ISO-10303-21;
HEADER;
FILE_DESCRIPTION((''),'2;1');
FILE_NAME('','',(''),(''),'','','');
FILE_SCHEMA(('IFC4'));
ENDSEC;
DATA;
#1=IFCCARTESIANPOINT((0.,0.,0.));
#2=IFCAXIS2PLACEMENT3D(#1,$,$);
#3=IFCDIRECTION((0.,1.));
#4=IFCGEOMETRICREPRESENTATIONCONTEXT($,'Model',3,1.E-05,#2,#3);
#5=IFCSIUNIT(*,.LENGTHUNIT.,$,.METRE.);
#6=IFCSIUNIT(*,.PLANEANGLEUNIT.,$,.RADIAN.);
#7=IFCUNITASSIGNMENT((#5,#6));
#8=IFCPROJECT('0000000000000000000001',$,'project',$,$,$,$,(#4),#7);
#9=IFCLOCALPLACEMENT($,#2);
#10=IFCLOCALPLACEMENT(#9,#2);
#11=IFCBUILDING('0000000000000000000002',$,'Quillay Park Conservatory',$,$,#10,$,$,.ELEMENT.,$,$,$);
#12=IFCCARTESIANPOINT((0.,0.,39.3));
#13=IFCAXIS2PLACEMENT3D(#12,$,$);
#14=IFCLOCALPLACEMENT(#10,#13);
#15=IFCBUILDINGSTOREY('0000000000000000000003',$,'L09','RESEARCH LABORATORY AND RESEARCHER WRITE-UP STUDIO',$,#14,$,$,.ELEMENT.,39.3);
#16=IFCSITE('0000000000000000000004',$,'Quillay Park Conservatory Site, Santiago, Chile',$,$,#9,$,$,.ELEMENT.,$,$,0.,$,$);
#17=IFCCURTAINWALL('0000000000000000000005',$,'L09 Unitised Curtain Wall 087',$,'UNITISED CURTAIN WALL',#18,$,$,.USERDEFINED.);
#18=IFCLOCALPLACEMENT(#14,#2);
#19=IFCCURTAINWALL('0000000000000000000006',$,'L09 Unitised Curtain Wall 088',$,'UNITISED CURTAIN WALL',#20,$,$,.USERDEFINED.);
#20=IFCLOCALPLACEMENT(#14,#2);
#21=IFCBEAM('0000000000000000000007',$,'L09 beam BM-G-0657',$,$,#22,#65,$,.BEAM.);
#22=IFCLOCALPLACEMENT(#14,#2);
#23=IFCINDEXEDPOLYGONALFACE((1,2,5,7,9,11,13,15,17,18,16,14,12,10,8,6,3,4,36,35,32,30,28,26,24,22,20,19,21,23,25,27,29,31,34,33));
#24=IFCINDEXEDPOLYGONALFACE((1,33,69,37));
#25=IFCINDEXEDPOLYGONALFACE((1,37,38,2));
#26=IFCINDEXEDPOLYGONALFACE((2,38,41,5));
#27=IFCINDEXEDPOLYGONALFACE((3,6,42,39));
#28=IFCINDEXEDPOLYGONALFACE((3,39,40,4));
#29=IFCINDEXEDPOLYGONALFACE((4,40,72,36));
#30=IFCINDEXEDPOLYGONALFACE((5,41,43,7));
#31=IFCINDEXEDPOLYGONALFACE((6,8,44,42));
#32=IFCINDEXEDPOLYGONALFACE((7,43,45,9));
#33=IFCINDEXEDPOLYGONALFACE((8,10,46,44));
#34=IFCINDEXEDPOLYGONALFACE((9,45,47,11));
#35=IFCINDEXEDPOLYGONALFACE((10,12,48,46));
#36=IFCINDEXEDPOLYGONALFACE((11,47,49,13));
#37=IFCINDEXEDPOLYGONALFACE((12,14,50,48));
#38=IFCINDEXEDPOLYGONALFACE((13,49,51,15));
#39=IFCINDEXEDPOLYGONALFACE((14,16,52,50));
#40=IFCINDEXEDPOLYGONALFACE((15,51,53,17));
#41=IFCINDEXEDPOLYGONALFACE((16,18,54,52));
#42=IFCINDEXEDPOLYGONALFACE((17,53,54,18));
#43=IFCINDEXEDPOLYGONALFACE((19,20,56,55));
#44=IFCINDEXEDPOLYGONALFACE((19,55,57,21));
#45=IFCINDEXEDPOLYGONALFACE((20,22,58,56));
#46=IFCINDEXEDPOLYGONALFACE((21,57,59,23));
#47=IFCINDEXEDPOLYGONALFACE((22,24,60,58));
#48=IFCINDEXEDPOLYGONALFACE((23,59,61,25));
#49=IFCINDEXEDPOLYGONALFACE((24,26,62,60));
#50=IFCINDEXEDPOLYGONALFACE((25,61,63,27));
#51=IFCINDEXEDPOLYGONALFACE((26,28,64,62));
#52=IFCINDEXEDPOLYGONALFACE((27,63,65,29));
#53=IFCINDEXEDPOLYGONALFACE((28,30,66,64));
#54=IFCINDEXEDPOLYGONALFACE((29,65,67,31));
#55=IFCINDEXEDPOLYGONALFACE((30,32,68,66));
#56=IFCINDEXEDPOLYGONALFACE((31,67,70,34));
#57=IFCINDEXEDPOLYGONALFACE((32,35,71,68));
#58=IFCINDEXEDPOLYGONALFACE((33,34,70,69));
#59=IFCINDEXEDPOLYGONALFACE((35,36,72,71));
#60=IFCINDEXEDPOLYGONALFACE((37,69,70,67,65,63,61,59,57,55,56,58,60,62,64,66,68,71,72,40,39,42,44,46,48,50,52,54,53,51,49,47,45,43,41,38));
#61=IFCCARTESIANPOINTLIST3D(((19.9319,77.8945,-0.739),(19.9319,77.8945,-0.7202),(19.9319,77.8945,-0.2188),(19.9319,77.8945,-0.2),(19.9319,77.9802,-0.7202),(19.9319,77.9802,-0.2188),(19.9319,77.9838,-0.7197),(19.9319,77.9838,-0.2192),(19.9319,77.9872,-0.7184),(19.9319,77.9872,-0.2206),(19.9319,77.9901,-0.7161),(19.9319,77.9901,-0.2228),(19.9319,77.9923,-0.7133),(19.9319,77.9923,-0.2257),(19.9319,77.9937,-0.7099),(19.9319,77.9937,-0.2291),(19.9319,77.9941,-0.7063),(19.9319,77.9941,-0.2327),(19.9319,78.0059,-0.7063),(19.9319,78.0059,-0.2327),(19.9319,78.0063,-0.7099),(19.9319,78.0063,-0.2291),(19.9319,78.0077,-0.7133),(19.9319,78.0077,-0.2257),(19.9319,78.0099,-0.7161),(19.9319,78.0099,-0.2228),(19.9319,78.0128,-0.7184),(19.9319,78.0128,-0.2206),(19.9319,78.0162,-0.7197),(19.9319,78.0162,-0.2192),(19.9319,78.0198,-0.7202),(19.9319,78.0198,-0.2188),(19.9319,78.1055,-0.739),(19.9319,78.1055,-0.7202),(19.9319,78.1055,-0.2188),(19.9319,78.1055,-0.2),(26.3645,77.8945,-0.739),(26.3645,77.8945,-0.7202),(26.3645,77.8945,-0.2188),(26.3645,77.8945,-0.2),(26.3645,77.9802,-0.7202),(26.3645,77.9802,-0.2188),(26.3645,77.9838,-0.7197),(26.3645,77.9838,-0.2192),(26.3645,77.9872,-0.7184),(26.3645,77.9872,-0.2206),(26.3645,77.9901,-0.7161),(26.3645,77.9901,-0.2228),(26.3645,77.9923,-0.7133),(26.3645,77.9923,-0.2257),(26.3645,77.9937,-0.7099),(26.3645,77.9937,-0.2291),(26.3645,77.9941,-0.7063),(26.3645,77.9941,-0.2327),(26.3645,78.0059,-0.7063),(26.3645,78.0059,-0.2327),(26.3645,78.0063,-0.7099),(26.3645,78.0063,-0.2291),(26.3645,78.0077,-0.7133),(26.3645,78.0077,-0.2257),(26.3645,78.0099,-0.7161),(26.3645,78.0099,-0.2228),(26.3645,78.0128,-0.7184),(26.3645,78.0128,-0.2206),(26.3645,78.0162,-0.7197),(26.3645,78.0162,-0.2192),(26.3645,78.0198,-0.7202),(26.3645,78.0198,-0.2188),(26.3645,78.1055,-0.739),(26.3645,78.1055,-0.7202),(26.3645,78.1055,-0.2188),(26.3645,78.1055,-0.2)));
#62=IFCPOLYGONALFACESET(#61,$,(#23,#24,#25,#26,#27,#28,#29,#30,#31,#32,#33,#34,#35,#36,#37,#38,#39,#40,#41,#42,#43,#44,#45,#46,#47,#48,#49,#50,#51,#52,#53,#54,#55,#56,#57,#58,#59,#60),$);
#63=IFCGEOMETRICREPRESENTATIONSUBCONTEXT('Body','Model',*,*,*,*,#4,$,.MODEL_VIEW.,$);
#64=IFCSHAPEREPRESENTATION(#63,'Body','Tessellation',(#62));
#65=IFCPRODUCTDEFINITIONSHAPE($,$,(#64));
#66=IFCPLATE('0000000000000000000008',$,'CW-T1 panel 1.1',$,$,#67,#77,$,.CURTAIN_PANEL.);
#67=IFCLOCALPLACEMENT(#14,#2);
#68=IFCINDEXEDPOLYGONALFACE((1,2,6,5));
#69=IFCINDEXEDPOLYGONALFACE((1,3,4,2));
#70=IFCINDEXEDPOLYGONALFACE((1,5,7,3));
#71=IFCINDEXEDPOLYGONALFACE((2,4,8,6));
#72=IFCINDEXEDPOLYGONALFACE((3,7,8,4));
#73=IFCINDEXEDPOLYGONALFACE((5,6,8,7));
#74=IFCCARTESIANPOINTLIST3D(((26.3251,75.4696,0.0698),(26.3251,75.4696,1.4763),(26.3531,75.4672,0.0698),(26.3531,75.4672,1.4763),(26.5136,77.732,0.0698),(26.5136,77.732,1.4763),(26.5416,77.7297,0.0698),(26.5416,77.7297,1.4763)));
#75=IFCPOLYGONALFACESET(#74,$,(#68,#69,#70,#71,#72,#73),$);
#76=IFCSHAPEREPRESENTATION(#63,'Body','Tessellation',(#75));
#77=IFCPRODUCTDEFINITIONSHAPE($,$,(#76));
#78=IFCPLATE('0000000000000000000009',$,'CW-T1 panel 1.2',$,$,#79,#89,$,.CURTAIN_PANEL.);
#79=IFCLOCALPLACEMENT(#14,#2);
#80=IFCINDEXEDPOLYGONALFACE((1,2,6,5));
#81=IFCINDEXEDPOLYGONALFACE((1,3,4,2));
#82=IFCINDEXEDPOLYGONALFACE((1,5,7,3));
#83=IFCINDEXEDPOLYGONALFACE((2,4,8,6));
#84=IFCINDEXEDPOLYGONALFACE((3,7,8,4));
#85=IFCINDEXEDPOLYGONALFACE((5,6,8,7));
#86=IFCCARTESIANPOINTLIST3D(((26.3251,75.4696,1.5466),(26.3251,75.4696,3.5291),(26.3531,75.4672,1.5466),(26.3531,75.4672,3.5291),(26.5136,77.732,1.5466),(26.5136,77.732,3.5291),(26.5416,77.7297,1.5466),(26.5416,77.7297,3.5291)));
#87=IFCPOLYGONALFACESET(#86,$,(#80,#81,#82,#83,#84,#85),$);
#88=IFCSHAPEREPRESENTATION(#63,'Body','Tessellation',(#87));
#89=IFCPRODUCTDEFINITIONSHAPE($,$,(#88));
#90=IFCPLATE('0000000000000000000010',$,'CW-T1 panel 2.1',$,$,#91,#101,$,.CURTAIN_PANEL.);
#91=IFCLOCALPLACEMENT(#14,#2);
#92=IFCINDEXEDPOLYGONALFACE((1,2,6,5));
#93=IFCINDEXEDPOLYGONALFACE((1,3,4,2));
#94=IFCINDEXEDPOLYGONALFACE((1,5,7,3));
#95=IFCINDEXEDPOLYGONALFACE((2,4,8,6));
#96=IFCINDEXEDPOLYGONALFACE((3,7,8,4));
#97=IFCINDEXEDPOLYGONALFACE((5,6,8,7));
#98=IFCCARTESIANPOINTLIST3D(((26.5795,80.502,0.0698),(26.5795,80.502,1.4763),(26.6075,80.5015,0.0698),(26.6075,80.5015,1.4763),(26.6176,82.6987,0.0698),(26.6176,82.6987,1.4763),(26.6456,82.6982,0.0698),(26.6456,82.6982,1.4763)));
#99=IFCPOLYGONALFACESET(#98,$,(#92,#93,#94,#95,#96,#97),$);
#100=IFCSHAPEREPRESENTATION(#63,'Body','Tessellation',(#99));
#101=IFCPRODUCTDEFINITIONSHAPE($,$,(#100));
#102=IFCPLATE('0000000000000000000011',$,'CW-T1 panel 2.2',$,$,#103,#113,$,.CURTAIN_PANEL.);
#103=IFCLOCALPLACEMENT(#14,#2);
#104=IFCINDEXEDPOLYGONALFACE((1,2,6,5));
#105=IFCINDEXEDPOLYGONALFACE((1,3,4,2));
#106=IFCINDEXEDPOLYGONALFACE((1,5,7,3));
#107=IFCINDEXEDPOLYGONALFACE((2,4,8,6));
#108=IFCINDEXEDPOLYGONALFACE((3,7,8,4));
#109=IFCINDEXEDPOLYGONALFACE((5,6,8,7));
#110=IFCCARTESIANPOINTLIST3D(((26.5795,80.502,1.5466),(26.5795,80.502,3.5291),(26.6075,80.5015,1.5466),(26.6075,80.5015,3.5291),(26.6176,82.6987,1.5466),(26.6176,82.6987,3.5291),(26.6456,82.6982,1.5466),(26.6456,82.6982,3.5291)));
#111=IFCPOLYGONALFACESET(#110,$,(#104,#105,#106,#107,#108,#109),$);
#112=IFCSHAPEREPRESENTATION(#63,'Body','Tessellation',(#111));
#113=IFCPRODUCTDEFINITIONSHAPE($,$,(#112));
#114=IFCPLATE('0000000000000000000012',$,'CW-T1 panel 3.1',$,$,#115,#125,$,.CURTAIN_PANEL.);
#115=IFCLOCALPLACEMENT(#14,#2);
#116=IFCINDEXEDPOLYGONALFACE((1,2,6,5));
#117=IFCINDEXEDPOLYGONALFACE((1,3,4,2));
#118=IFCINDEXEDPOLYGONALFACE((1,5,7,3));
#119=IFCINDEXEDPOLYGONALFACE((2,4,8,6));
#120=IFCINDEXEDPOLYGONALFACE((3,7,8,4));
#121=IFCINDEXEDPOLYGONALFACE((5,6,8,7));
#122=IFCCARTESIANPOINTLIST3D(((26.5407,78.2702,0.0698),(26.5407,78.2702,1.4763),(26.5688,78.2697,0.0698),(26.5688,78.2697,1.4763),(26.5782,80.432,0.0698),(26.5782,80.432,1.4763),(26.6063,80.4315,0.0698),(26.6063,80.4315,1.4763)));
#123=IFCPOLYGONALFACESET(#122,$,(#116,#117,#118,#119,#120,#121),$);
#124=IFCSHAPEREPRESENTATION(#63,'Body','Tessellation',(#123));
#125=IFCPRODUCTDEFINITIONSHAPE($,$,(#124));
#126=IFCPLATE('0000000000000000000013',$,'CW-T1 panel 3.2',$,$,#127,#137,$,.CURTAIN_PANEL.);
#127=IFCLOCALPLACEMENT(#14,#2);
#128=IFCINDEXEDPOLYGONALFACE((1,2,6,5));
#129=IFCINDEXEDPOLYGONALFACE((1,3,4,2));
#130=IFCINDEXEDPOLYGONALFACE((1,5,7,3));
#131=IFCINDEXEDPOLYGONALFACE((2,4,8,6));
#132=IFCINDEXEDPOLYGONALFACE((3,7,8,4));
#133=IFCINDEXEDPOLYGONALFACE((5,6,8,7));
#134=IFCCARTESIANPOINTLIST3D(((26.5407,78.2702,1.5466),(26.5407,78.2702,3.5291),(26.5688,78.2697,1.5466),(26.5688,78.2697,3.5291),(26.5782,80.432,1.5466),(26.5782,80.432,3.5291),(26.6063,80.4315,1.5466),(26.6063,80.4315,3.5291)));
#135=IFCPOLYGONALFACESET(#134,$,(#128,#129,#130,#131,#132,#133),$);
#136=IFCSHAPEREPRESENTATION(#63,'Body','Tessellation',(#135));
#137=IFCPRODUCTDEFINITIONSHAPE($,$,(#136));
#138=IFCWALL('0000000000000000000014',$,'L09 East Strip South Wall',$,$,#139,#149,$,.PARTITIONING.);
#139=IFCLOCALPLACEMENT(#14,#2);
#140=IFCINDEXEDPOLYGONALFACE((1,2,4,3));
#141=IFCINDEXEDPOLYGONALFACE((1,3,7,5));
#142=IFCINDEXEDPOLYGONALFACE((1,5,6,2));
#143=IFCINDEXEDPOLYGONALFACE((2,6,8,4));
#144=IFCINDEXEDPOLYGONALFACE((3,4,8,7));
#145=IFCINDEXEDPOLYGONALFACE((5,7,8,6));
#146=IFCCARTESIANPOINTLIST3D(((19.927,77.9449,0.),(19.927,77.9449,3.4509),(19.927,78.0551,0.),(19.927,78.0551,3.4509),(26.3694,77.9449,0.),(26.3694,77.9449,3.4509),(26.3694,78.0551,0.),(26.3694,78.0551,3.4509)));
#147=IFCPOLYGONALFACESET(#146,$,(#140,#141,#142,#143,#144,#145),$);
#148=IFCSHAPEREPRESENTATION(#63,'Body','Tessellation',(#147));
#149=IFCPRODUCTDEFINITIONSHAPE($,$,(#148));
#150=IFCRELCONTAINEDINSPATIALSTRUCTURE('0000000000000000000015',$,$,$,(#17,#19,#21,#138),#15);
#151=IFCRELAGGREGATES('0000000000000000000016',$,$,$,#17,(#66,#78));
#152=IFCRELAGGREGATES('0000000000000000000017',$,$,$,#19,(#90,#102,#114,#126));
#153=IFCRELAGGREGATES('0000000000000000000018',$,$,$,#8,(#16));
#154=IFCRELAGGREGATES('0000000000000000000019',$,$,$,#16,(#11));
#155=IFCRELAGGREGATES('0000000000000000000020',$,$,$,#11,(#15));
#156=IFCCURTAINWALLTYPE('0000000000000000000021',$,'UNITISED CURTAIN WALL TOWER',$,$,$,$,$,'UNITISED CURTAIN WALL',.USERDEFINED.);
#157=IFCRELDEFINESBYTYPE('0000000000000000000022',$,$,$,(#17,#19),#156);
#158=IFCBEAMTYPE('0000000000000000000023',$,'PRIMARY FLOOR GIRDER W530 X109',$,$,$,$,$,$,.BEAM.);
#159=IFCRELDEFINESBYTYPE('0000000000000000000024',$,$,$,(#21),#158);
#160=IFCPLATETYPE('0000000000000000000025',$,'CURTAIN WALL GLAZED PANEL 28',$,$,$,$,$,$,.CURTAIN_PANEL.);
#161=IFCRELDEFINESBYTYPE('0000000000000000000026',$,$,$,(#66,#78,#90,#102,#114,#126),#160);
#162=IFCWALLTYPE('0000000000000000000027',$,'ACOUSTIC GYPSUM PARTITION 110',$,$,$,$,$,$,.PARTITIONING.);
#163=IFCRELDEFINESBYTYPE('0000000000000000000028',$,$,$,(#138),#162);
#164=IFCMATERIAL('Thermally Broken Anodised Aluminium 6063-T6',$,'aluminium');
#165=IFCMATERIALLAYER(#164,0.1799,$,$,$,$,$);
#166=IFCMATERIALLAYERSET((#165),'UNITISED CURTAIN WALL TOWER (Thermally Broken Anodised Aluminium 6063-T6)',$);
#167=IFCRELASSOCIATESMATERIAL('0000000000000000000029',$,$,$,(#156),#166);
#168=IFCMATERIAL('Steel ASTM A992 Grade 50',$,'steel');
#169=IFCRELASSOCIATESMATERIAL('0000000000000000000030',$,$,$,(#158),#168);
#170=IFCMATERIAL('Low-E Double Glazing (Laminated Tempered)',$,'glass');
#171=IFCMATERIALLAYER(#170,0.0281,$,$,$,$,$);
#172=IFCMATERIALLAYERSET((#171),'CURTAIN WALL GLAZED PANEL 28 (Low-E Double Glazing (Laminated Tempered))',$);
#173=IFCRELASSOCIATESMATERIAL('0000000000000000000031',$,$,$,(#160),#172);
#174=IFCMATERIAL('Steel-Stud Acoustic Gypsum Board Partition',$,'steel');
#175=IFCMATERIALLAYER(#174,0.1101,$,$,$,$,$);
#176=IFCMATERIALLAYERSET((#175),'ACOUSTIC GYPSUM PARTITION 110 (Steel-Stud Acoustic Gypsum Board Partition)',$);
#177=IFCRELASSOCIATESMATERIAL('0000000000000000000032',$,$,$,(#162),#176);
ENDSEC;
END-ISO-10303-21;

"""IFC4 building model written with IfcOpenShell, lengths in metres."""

from ifc_helpers import new_model, si_unit, direction, frame, frame_2d, origin, origin_2d, place, context, subcontext, project, spatial, rectangle, i_section, extrude, material, layer, layer_set, material_profile, profile_set, type_object, element, aggregate, save


model = new_model("IFC4")

# Units and contexts
model_context = context("Model", 3, precision=1e-05, world=origin(), true_north=direction((0.0, 1.0)))
body_context = subcontext(model_context, "Body", "Model", "MODEL_VIEW")
ifc_project = project(units=[si_unit("LENGTHUNIT", "METRE"), si_unit("PLANEANGLEUNIT", "RADIAN")], contexts=[model_context])

# Site, building, storey
site_placement = place(None, origin())
site = spatial("IfcSite", under=ifc_project, at=site_placement, Name="Quillay Park Conservatory Site, Santiago, Chile", CompositionType="ELEMENT", RefElevation=0.0)
building_placement = place(site_placement, origin())
building = spatial("IfcBuilding", under=site, at=building_placement, Name="Quillay Park Conservatory", CompositionType="ELEMENT")
storey_placement = place(building_placement, frame((0.0, 0.0, 39.3)))
storey = spatial("IfcBuildingStorey", under=building, at=storey_placement, Name="L09", Description="RESEARCH LABORATORY AND RESEARCHER WRITE-UP STUDIO", CompositionType="ELEMENT", Elevation=39.3)

# Curtain wall
ifc_material_1 = material(Name="Thermally Broken Anodised Aluminium 6063-T6", Category="aluminium")
ifc_layer_1 = layer(ifc_material_1, 0.1799)
ifc_layer_set_1 = layer_set([ifc_layer_1], Name="UNITISED CURTAIN WALL TOWER (Thermally Broken Anodised Aluminium 6063-T6)")
curtain_wall_type = type_object("IfcCurtainWallType", Name="UNITISED CURTAIN WALL TOWER", ElementType="UNITISED CURTAIN WALL", PredefinedType="USERDEFINED", material=ifc_layer_set_1)
curtain_wall_1_placement = place(storey_placement, origin())
curtain_wall_1 = element("IfcCurtainWall", 1, at=curtain_wall_1_placement, inside=storey, type_object=curtain_wall_type, Name="L09 Unitised Curtain Wall 087", ObjectType="UNITISED CURTAIN WALL", PredefinedType="USERDEFINED")

# Curtain wall
curtain_wall_2_placement = place(storey_placement, origin())
curtain_wall_2 = element("IfcCurtainWall", 2, at=curtain_wall_2_placement, inside=storey, type_object=curtain_wall_type, Name="L09 Unitised Curtain Wall 088", ObjectType="UNITISED CURTAIN WALL", PredefinedType="USERDEFINED")

# Beam
ifc_material_2 = material(Name="Steel ASTM A992 Grade 50", Category="steel")
ifc_material_profile_1 = material_profile(ifc_material_2, i_section(OverallWidth=0.2109, OverallDepth=0.5391, WebThickness=0.0117, FlangeThickness=0.0188, FilletRadius=0.0139, at=origin_2d()), Name="W530x109")
ifc_profile_set_1 = profile_set([ifc_material_profile_1], Name="Steel ASTM A992 Grade 50")
beam_type_1 = type_object("IfcBeamType", Name="PRIMARY FLOOR GIRDER W530 X109", PredefinedType="BEAM", material=ifc_profile_set_1)
beam_1_placement = place(storey_placement, frame((19.9319, 78.0, -0.4695), z_axis=(1.0, 0.0, 0.0), x_axis=(0.0, 1.0, 0.0)))
element("IfcBeam", 3, at=beam_1_placement, inside=storey, type_object=beam_type_1, Name="L09 beam BM-G-0657", PredefinedType="BEAM", context=body_context, shape_type="SweptSolid", body=[
    extrude(i_section(OverallWidth=0.2109, OverallDepth=0.5391, WebThickness=0.0117, FlangeThickness=0.0188, FilletRadius=0.0139, at=origin_2d()), origin(), (0.0, 0.0, 1.0), 6.4326),
])

# Plates
ifc_material_3 = material(Name="Low-E Double Glazing (Laminated Tempered)", Category="glass")
ifc_layer_2 = layer(ifc_material_3, 0.0281)
ifc_layer_set_2 = layer_set([ifc_layer_2], Name="CURTAIN WALL GLAZED PANEL 28 (Low-E Double Glazing (Laminated Tempered))")
plate_type = type_object("IfcPlateType", Name="CURTAIN WALL GLAZED PANEL 28", PredefinedType="CURTAIN_PANEL", material=ifc_layer_set_2)
plate_1_placement = place(storey_placement, frame((26.4333, 76.5996, 0.0698), z_axis=(0.0, 0.0, 1.0), x_axis=(-0.083048, -0.996546, 0.0)))
plate_1 = element("IfcPlate", 4, at=plate_1_placement, type_object=plate_type, Name="CW-T1 panel 1.1", PredefinedType="CURTAIN_PANEL", context=body_context, shape_type="SweptSolid", body=[
    extrude(rectangle(XDim=2.2703, YDim=0.0281, at=origin_2d()), origin(), (0.0, 0.0, 1.0), 1.4065),
])
plate_2_placement = place(storey_placement, frame((26.4333, 76.5996, 1.5466), z_axis=(0.0, 0.0, 1.0), x_axis=(-0.083048, -0.996546, 0.0)))
plate_2 = element("IfcPlate", 5, at=plate_2_placement, type_object=plate_type, Name="CW-T1 panel 1.2", PredefinedType="CURTAIN_PANEL", context=body_context, shape_type="SweptSolid", body=[
    extrude(rectangle(XDim=2.2703, YDim=0.0281, at=origin_2d()), origin(), (0.0, 0.0, 1.0), 1.9824),
])
aggregate(curtain_wall_1, [plate_1, plate_2])
plate_3_placement = place(storey_placement, frame((26.6125, 81.6001, 0.0698), z_axis=(0.0, 0.0, 1.0), x_axis=(-0.01735, -0.999849, 0.0)))
plate_3 = element("IfcPlate", 6, at=plate_3_placement, type_object=plate_type, Name="CW-T1 panel 2.1", PredefinedType="CURTAIN_PANEL", context=body_context, shape_type="SweptSolid", body=[
    extrude(rectangle(XDim=2.197, YDim=0.0281, at=origin_2d()), origin(), (0.0, 0.0, 1.0), 1.4065),
])
plate_4_placement = place(storey_placement, frame((26.6125, 81.6001, 1.5466), z_axis=(0.0, 0.0, 1.0), x_axis=(-0.01735, -0.999849, 0.0)))
plate_4 = element("IfcPlate", 7, at=plate_4_placement, type_object=plate_type, Name="CW-T1 panel 2.2", PredefinedType="CURTAIN_PANEL", context=body_context, shape_type="SweptSolid", body=[
    extrude(rectangle(XDim=2.197, YDim=0.0281, at=origin_2d()), origin(), (0.0, 0.0, 1.0), 1.9824),
])
plate_5_placement = place(storey_placement, frame((26.5735, 79.3508, 0.0698), z_axis=(0.0, 0.0, 1.0), x_axis=(-0.01735, -0.999849, 0.0)))
plate_5 = element("IfcPlate", 8, at=plate_5_placement, type_object=plate_type, Name="CW-T1 panel 3.1", PredefinedType="CURTAIN_PANEL", context=body_context, shape_type="SweptSolid", body=[
    extrude(rectangle(XDim=2.1621, YDim=0.0281, at=origin_2d()), origin(), (0.0, 0.0, 1.0), 1.4065),
])
plate_6_placement = place(storey_placement, frame((26.5735, 79.3508, 1.5466), z_axis=(0.0, 0.0, 1.0), x_axis=(-0.01735, -0.999849, 0.0)))
plate_6 = element("IfcPlate", 9, at=plate_6_placement, type_object=plate_type, Name="CW-T1 panel 3.2", PredefinedType="CURTAIN_PANEL", context=body_context, shape_type="SweptSolid", body=[
    extrude(rectangle(XDim=2.1621, YDim=0.0281, at=origin_2d()), origin(), (0.0, 0.0, 1.0), 1.9824),
])
aggregate(curtain_wall_2, [plate_3, plate_4, plate_5, plate_6])

# Wall
ifc_material_4 = material(Name="Steel-Stud Acoustic Gypsum Board Partition", Category="steel")
ifc_layer_3 = layer(ifc_material_4, 0.1101)
ifc_layer_set_3 = layer_set([ifc_layer_3], Name="ACOUSTIC GYPSUM PARTITION 110 (Steel-Stud Acoustic Gypsum Board Partition)")
wall_type = type_object("IfcWallType", Name="ACOUSTIC GYPSUM PARTITION 110", PredefinedType="PARTITIONING", material=ifc_layer_set_3)
wall_placement = place(storey_placement, frame((26.3694, 78.0, 0.0), z_axis=(0.0, 0.0, 1.0), x_axis=(-1.0, 0.0, 0.0)))
element("IfcWall", 10, at=wall_placement, inside=storey, type_object=wall_type, Name="L09 East Strip South Wall", PredefinedType="PARTITIONING", context=body_context, shape_type="SweptSolid", body=[
    extrude(rectangle(XDim=6.4424, YDim=0.1101, at=frame_2d((3.2212, 0.0))), origin(), (0.0, 0.0, 1.0), 3.4509),
])

save(model, "model.ifc")
